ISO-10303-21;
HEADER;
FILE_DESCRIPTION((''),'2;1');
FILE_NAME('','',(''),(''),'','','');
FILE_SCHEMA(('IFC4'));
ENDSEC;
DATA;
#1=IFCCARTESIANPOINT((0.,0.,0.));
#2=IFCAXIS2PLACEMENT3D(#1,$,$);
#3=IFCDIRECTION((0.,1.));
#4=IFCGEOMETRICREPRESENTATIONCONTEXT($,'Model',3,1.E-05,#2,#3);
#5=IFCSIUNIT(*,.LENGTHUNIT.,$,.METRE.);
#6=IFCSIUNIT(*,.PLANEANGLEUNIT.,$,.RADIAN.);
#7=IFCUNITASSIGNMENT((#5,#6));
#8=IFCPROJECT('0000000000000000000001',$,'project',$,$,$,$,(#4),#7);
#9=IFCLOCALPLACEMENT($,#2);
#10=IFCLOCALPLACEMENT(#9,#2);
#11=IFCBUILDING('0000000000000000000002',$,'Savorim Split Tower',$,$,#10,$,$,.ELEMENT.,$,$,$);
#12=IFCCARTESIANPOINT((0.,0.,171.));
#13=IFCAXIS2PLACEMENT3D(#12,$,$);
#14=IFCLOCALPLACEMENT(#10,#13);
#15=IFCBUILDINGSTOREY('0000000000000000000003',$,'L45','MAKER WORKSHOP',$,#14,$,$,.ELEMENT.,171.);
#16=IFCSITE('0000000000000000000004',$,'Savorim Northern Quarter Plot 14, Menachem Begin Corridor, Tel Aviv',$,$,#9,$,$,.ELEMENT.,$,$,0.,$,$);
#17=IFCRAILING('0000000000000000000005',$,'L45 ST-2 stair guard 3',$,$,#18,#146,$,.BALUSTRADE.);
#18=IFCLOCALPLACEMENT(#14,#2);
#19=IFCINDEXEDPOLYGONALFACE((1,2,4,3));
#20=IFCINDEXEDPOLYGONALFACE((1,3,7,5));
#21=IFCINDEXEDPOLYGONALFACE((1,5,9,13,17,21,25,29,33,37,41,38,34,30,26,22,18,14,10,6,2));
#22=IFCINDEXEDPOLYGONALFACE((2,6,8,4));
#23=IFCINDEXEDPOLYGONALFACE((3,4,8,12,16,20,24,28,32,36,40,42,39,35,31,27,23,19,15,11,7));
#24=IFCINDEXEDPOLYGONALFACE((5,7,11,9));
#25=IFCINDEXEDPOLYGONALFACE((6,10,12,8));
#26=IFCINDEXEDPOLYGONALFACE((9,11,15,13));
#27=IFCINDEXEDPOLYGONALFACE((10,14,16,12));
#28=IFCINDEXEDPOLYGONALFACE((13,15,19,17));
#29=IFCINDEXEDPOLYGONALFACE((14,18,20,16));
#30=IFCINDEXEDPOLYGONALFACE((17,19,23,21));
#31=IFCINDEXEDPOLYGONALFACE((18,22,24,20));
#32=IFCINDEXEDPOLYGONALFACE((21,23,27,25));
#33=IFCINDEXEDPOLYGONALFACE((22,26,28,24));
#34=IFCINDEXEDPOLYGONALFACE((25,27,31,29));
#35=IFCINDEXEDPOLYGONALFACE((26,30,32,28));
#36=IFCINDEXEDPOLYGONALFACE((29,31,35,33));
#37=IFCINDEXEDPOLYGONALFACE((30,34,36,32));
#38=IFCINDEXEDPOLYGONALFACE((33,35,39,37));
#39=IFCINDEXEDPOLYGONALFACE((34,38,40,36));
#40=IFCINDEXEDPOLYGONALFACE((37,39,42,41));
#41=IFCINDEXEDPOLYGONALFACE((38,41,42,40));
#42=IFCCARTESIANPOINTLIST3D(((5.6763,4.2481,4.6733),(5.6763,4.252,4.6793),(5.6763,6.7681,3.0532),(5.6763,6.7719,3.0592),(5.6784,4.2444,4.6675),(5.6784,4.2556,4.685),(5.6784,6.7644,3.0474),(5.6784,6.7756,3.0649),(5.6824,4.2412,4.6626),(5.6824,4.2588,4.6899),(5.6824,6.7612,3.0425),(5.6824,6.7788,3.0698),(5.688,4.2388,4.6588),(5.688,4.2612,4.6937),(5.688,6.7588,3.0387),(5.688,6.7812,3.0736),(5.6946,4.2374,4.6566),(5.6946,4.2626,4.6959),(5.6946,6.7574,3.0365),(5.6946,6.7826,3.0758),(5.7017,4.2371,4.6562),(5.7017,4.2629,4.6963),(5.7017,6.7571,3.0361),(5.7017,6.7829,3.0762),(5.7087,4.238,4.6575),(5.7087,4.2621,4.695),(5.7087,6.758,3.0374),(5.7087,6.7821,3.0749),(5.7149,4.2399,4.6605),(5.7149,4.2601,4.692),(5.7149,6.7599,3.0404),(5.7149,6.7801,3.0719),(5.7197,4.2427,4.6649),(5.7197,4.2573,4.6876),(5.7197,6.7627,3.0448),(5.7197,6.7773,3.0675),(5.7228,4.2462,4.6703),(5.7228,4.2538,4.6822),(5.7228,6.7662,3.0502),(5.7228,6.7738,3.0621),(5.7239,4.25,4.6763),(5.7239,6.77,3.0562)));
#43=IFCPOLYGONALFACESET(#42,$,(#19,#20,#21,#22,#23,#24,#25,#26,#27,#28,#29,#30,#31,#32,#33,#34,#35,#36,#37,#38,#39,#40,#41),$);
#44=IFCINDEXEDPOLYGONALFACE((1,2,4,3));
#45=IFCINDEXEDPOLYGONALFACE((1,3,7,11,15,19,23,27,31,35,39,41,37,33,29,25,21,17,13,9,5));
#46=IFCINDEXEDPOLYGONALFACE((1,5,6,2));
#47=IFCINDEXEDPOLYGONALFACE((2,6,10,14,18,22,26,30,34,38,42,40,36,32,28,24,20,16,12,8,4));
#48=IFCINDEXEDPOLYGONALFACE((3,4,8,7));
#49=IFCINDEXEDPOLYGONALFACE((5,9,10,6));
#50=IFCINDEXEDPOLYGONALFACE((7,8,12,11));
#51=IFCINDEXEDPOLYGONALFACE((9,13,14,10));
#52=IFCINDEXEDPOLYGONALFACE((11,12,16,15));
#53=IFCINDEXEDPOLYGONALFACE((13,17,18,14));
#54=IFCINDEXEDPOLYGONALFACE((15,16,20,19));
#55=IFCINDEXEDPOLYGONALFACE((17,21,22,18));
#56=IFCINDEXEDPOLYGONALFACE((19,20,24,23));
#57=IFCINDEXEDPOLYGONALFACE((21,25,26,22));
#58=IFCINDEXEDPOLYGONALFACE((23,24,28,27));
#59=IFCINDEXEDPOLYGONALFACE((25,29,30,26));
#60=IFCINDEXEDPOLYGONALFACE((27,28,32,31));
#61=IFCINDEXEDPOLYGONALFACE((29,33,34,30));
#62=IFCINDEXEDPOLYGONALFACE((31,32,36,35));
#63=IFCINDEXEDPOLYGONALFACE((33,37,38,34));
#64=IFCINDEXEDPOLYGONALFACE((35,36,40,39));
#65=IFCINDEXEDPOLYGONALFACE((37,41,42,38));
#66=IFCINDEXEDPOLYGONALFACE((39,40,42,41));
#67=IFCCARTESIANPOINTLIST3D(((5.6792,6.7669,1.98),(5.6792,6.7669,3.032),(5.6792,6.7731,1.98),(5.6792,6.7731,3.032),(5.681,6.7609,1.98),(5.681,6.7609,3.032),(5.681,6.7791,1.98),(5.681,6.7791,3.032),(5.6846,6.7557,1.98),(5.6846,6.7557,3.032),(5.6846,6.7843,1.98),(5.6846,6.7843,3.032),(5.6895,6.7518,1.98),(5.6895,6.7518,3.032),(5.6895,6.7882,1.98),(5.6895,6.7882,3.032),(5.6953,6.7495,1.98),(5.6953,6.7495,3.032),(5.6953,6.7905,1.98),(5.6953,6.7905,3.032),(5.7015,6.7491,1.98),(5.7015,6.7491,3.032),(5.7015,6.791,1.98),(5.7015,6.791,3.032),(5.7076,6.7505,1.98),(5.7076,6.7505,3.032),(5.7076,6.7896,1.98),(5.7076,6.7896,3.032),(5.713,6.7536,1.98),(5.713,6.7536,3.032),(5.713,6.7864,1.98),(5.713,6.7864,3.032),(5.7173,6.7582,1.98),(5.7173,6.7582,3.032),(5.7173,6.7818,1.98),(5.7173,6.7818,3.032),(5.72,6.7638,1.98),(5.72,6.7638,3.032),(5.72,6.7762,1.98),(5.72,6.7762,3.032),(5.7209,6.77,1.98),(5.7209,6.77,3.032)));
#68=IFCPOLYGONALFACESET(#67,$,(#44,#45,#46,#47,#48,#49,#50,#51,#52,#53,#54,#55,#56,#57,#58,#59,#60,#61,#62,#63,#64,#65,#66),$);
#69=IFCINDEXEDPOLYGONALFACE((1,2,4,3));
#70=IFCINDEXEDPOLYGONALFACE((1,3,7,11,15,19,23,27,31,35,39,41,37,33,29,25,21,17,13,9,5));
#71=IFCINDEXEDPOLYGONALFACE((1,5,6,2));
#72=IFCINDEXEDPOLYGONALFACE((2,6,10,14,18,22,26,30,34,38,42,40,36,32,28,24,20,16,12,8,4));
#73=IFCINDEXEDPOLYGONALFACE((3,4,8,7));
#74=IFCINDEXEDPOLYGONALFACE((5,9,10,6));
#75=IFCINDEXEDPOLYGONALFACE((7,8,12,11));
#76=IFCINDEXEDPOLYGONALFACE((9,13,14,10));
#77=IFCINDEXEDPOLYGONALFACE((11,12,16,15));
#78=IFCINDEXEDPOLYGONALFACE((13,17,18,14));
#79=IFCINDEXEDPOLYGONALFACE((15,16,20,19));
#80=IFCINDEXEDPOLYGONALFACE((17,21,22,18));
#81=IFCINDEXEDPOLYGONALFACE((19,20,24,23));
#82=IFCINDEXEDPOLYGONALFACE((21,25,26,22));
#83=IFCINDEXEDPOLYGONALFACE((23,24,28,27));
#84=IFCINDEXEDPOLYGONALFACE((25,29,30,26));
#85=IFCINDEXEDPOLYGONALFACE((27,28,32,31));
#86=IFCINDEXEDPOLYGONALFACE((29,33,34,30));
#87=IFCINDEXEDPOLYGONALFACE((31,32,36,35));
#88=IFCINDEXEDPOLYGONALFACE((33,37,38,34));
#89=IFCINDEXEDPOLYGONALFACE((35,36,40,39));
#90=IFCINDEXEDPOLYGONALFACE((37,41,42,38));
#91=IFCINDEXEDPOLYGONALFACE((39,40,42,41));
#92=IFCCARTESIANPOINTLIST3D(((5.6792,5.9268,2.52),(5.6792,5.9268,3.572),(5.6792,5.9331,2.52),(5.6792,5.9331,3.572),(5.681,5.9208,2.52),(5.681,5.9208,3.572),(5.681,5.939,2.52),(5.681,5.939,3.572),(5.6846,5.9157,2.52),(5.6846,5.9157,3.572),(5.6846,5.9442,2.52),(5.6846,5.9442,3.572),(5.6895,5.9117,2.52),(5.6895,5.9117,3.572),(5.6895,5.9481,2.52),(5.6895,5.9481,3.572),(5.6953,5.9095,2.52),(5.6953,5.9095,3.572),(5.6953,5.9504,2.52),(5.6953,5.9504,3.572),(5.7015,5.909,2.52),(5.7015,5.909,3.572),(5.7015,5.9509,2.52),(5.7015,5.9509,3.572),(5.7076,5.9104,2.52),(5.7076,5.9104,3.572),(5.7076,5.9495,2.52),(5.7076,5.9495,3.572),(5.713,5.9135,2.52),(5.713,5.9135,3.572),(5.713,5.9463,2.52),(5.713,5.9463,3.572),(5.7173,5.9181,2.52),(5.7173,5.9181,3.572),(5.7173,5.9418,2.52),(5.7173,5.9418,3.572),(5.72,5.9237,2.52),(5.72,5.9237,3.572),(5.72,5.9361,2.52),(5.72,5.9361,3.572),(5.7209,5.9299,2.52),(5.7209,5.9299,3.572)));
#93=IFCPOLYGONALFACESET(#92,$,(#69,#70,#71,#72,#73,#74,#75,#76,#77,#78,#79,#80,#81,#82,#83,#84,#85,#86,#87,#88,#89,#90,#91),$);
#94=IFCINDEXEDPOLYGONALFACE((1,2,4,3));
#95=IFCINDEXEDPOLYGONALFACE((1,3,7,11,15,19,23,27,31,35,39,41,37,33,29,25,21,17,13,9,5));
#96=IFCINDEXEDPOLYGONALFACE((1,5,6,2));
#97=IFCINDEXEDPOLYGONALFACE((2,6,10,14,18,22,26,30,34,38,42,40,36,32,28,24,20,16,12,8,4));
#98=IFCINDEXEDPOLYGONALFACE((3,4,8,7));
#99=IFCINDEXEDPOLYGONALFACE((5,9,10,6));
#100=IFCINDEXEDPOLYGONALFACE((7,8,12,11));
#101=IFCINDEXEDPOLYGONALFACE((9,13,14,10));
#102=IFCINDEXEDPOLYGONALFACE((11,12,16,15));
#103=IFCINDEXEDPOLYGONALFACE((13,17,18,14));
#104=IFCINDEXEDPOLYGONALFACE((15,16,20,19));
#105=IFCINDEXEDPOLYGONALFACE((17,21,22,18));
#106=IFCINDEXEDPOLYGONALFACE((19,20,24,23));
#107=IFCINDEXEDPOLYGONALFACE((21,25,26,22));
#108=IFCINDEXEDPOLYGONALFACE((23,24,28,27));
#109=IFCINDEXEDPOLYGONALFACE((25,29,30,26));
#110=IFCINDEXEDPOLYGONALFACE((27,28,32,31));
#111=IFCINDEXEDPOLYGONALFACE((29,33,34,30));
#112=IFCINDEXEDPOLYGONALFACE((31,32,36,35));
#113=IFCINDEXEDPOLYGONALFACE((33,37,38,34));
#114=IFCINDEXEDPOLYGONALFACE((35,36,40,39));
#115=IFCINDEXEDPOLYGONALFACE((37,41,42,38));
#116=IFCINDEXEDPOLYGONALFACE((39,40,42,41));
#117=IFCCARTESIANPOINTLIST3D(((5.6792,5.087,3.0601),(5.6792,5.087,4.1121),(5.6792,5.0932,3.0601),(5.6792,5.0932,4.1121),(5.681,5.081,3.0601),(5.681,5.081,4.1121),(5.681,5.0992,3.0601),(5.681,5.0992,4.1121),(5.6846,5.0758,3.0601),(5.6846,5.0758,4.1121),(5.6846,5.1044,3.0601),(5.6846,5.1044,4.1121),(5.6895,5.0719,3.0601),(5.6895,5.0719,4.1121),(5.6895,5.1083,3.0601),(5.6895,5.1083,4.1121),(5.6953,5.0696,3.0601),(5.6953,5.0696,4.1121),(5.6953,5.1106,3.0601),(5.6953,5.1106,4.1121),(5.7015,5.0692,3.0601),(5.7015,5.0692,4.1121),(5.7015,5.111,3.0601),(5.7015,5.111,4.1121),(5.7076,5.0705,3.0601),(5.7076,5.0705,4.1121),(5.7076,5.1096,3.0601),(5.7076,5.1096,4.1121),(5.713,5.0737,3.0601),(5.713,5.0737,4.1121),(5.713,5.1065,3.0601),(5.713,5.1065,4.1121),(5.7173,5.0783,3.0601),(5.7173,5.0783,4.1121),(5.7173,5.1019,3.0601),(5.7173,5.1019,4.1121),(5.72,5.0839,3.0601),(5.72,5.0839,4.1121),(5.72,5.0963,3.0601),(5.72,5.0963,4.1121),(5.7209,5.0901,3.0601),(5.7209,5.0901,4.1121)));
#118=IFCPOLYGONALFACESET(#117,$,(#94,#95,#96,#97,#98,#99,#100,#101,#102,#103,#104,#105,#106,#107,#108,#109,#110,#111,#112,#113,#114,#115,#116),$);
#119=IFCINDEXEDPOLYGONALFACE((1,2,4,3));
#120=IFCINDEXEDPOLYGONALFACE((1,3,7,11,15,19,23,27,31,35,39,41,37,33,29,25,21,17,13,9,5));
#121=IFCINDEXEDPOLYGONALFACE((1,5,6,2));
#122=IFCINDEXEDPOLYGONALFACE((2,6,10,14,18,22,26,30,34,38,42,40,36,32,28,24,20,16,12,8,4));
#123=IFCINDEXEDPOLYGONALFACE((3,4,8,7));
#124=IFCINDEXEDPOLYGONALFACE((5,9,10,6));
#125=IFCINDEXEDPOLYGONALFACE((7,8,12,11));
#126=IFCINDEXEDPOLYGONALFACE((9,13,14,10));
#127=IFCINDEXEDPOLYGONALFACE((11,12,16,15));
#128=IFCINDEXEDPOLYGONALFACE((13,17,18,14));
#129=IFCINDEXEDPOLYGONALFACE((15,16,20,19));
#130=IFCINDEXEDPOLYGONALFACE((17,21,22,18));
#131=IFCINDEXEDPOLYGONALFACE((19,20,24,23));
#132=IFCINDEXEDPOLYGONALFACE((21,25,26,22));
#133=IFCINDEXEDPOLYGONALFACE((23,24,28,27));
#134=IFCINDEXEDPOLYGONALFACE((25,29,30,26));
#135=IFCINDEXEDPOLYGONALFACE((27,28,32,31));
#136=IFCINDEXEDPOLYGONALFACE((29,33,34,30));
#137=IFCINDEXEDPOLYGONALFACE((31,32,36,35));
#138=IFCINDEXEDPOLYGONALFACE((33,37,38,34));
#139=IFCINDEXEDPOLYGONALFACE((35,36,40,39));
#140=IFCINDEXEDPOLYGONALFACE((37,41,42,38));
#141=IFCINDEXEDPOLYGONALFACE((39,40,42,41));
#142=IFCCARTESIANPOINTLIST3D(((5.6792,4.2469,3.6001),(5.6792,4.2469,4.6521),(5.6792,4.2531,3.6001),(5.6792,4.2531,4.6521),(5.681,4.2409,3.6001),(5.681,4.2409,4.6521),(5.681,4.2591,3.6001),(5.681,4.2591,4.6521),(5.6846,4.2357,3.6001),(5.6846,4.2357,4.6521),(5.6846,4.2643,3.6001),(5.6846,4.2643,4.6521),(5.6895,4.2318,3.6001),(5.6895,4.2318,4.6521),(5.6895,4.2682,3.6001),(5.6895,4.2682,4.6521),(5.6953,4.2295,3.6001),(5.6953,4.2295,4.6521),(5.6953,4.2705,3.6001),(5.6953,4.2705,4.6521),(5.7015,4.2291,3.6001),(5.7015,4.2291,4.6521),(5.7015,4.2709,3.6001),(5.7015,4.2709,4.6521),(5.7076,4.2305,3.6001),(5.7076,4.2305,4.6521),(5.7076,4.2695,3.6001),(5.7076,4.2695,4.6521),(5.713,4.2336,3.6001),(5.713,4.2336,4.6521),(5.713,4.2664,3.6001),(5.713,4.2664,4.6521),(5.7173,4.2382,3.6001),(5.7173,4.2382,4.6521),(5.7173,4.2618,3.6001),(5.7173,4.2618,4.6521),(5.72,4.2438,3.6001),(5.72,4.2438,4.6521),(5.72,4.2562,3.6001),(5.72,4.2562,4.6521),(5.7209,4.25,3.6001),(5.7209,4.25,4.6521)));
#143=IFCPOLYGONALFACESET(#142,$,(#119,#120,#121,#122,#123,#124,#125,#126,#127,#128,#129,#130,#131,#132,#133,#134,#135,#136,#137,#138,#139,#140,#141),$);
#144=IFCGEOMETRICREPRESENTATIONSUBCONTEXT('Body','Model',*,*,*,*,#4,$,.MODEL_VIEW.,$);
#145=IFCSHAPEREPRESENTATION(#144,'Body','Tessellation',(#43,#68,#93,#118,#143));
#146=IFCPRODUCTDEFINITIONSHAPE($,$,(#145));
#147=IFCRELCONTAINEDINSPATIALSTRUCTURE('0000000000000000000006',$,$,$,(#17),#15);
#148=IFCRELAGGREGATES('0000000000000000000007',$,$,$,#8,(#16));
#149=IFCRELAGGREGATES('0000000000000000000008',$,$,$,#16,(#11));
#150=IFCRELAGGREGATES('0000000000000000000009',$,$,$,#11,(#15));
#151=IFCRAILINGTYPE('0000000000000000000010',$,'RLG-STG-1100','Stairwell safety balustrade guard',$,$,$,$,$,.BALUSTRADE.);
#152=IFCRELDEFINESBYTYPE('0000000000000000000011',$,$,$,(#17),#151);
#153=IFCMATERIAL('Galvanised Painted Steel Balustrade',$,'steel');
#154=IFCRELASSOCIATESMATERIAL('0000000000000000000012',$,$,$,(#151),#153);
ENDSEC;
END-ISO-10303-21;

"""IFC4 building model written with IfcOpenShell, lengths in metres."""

from ifc_helpers import new_model, si_unit, direction, frame, origin, origin_2d, place, context, subcontext, project, spatial, circle, extrude, material, type_object, element, save


model = new_model("IFC4")

# Units and contexts
model_context = context("Model", 3, precision=1e-05, world=origin(), true_north=direction((0.0, 1.0)))
body_context = subcontext(model_context, "Body", "Model", "MODEL_VIEW")
ifc_project = project(units=[si_unit("LENGTHUNIT", "METRE"), si_unit("PLANEANGLEUNIT", "RADIAN")], contexts=[model_context])

# Site, building, storey
site_placement = place(None, origin())
site = spatial("IfcSite", under=ifc_project, at=site_placement, Name="Savorim Northern Quarter Plot 14, Menachem Begin Corridor, Tel Aviv", CompositionType="ELEMENT", RefElevation=0.0)
building_placement = place(site_placement, origin())
building = spatial("IfcBuilding", under=site, at=building_placement, Name="Savorim Split Tower", CompositionType="ELEMENT")
storey_placement = place(building_placement, frame((0.0, 0.0, 171.0)))
storey = spatial("IfcBuildingStorey", under=building, at=storey_placement, Name="L45", Description="MAKER WORKSHOP", CompositionType="ELEMENT", Elevation=171.0)

# Railing
ifc_material_1 = material(Name="Galvanised Painted Steel Balustrade", Category="steel")
railing_type_1 = type_object("IfcRailingType", Name="RLG-STG-1100", Description="Stairwell safety balustrade guard", PredefinedType="BALUSTRADE", material=ifc_material_1)
railing_1_placement = place(storey_placement, frame((5.7, 6.77, 1.98)))
element("IfcRailing", 1, at=railing_1_placement, inside=storey, type_object=railing_type_1, Name="L45 ST-2 stair guard 3", PredefinedType="BALUSTRADE", context=body_context, shape_type="SweptSolid", body=[
    extrude(circle(Radius=0.0239, at=origin_2d()), frame((0.0, 0.0, 1.0762), z_axis=(0.0, -0.841163, 0.540782), x_axis=(1.0, 0.0, 0.0)), (0.0, 0.0, 1.0), 2.9958),
    extrude(circle(Radius=0.021, at=origin_2d()), origin(), (0.0, 0.0, 1.0), 1.052),
    extrude(circle(Radius=0.021, at=origin_2d()), frame((0.0, -0.8401, 0.54)), (0.0, 0.0, 1.0), 1.052),
    extrude(circle(Radius=0.021, at=origin_2d()), frame((0.0, -1.6799, 1.0801)), (0.0, 0.0, 1.0), 1.052),
    extrude(circle(Radius=0.021, at=origin_2d()), frame((0.0, -2.52, 1.6201)), (0.0, 0.0, 1.0), 1.052),
])

save(model, "model.ifc")
